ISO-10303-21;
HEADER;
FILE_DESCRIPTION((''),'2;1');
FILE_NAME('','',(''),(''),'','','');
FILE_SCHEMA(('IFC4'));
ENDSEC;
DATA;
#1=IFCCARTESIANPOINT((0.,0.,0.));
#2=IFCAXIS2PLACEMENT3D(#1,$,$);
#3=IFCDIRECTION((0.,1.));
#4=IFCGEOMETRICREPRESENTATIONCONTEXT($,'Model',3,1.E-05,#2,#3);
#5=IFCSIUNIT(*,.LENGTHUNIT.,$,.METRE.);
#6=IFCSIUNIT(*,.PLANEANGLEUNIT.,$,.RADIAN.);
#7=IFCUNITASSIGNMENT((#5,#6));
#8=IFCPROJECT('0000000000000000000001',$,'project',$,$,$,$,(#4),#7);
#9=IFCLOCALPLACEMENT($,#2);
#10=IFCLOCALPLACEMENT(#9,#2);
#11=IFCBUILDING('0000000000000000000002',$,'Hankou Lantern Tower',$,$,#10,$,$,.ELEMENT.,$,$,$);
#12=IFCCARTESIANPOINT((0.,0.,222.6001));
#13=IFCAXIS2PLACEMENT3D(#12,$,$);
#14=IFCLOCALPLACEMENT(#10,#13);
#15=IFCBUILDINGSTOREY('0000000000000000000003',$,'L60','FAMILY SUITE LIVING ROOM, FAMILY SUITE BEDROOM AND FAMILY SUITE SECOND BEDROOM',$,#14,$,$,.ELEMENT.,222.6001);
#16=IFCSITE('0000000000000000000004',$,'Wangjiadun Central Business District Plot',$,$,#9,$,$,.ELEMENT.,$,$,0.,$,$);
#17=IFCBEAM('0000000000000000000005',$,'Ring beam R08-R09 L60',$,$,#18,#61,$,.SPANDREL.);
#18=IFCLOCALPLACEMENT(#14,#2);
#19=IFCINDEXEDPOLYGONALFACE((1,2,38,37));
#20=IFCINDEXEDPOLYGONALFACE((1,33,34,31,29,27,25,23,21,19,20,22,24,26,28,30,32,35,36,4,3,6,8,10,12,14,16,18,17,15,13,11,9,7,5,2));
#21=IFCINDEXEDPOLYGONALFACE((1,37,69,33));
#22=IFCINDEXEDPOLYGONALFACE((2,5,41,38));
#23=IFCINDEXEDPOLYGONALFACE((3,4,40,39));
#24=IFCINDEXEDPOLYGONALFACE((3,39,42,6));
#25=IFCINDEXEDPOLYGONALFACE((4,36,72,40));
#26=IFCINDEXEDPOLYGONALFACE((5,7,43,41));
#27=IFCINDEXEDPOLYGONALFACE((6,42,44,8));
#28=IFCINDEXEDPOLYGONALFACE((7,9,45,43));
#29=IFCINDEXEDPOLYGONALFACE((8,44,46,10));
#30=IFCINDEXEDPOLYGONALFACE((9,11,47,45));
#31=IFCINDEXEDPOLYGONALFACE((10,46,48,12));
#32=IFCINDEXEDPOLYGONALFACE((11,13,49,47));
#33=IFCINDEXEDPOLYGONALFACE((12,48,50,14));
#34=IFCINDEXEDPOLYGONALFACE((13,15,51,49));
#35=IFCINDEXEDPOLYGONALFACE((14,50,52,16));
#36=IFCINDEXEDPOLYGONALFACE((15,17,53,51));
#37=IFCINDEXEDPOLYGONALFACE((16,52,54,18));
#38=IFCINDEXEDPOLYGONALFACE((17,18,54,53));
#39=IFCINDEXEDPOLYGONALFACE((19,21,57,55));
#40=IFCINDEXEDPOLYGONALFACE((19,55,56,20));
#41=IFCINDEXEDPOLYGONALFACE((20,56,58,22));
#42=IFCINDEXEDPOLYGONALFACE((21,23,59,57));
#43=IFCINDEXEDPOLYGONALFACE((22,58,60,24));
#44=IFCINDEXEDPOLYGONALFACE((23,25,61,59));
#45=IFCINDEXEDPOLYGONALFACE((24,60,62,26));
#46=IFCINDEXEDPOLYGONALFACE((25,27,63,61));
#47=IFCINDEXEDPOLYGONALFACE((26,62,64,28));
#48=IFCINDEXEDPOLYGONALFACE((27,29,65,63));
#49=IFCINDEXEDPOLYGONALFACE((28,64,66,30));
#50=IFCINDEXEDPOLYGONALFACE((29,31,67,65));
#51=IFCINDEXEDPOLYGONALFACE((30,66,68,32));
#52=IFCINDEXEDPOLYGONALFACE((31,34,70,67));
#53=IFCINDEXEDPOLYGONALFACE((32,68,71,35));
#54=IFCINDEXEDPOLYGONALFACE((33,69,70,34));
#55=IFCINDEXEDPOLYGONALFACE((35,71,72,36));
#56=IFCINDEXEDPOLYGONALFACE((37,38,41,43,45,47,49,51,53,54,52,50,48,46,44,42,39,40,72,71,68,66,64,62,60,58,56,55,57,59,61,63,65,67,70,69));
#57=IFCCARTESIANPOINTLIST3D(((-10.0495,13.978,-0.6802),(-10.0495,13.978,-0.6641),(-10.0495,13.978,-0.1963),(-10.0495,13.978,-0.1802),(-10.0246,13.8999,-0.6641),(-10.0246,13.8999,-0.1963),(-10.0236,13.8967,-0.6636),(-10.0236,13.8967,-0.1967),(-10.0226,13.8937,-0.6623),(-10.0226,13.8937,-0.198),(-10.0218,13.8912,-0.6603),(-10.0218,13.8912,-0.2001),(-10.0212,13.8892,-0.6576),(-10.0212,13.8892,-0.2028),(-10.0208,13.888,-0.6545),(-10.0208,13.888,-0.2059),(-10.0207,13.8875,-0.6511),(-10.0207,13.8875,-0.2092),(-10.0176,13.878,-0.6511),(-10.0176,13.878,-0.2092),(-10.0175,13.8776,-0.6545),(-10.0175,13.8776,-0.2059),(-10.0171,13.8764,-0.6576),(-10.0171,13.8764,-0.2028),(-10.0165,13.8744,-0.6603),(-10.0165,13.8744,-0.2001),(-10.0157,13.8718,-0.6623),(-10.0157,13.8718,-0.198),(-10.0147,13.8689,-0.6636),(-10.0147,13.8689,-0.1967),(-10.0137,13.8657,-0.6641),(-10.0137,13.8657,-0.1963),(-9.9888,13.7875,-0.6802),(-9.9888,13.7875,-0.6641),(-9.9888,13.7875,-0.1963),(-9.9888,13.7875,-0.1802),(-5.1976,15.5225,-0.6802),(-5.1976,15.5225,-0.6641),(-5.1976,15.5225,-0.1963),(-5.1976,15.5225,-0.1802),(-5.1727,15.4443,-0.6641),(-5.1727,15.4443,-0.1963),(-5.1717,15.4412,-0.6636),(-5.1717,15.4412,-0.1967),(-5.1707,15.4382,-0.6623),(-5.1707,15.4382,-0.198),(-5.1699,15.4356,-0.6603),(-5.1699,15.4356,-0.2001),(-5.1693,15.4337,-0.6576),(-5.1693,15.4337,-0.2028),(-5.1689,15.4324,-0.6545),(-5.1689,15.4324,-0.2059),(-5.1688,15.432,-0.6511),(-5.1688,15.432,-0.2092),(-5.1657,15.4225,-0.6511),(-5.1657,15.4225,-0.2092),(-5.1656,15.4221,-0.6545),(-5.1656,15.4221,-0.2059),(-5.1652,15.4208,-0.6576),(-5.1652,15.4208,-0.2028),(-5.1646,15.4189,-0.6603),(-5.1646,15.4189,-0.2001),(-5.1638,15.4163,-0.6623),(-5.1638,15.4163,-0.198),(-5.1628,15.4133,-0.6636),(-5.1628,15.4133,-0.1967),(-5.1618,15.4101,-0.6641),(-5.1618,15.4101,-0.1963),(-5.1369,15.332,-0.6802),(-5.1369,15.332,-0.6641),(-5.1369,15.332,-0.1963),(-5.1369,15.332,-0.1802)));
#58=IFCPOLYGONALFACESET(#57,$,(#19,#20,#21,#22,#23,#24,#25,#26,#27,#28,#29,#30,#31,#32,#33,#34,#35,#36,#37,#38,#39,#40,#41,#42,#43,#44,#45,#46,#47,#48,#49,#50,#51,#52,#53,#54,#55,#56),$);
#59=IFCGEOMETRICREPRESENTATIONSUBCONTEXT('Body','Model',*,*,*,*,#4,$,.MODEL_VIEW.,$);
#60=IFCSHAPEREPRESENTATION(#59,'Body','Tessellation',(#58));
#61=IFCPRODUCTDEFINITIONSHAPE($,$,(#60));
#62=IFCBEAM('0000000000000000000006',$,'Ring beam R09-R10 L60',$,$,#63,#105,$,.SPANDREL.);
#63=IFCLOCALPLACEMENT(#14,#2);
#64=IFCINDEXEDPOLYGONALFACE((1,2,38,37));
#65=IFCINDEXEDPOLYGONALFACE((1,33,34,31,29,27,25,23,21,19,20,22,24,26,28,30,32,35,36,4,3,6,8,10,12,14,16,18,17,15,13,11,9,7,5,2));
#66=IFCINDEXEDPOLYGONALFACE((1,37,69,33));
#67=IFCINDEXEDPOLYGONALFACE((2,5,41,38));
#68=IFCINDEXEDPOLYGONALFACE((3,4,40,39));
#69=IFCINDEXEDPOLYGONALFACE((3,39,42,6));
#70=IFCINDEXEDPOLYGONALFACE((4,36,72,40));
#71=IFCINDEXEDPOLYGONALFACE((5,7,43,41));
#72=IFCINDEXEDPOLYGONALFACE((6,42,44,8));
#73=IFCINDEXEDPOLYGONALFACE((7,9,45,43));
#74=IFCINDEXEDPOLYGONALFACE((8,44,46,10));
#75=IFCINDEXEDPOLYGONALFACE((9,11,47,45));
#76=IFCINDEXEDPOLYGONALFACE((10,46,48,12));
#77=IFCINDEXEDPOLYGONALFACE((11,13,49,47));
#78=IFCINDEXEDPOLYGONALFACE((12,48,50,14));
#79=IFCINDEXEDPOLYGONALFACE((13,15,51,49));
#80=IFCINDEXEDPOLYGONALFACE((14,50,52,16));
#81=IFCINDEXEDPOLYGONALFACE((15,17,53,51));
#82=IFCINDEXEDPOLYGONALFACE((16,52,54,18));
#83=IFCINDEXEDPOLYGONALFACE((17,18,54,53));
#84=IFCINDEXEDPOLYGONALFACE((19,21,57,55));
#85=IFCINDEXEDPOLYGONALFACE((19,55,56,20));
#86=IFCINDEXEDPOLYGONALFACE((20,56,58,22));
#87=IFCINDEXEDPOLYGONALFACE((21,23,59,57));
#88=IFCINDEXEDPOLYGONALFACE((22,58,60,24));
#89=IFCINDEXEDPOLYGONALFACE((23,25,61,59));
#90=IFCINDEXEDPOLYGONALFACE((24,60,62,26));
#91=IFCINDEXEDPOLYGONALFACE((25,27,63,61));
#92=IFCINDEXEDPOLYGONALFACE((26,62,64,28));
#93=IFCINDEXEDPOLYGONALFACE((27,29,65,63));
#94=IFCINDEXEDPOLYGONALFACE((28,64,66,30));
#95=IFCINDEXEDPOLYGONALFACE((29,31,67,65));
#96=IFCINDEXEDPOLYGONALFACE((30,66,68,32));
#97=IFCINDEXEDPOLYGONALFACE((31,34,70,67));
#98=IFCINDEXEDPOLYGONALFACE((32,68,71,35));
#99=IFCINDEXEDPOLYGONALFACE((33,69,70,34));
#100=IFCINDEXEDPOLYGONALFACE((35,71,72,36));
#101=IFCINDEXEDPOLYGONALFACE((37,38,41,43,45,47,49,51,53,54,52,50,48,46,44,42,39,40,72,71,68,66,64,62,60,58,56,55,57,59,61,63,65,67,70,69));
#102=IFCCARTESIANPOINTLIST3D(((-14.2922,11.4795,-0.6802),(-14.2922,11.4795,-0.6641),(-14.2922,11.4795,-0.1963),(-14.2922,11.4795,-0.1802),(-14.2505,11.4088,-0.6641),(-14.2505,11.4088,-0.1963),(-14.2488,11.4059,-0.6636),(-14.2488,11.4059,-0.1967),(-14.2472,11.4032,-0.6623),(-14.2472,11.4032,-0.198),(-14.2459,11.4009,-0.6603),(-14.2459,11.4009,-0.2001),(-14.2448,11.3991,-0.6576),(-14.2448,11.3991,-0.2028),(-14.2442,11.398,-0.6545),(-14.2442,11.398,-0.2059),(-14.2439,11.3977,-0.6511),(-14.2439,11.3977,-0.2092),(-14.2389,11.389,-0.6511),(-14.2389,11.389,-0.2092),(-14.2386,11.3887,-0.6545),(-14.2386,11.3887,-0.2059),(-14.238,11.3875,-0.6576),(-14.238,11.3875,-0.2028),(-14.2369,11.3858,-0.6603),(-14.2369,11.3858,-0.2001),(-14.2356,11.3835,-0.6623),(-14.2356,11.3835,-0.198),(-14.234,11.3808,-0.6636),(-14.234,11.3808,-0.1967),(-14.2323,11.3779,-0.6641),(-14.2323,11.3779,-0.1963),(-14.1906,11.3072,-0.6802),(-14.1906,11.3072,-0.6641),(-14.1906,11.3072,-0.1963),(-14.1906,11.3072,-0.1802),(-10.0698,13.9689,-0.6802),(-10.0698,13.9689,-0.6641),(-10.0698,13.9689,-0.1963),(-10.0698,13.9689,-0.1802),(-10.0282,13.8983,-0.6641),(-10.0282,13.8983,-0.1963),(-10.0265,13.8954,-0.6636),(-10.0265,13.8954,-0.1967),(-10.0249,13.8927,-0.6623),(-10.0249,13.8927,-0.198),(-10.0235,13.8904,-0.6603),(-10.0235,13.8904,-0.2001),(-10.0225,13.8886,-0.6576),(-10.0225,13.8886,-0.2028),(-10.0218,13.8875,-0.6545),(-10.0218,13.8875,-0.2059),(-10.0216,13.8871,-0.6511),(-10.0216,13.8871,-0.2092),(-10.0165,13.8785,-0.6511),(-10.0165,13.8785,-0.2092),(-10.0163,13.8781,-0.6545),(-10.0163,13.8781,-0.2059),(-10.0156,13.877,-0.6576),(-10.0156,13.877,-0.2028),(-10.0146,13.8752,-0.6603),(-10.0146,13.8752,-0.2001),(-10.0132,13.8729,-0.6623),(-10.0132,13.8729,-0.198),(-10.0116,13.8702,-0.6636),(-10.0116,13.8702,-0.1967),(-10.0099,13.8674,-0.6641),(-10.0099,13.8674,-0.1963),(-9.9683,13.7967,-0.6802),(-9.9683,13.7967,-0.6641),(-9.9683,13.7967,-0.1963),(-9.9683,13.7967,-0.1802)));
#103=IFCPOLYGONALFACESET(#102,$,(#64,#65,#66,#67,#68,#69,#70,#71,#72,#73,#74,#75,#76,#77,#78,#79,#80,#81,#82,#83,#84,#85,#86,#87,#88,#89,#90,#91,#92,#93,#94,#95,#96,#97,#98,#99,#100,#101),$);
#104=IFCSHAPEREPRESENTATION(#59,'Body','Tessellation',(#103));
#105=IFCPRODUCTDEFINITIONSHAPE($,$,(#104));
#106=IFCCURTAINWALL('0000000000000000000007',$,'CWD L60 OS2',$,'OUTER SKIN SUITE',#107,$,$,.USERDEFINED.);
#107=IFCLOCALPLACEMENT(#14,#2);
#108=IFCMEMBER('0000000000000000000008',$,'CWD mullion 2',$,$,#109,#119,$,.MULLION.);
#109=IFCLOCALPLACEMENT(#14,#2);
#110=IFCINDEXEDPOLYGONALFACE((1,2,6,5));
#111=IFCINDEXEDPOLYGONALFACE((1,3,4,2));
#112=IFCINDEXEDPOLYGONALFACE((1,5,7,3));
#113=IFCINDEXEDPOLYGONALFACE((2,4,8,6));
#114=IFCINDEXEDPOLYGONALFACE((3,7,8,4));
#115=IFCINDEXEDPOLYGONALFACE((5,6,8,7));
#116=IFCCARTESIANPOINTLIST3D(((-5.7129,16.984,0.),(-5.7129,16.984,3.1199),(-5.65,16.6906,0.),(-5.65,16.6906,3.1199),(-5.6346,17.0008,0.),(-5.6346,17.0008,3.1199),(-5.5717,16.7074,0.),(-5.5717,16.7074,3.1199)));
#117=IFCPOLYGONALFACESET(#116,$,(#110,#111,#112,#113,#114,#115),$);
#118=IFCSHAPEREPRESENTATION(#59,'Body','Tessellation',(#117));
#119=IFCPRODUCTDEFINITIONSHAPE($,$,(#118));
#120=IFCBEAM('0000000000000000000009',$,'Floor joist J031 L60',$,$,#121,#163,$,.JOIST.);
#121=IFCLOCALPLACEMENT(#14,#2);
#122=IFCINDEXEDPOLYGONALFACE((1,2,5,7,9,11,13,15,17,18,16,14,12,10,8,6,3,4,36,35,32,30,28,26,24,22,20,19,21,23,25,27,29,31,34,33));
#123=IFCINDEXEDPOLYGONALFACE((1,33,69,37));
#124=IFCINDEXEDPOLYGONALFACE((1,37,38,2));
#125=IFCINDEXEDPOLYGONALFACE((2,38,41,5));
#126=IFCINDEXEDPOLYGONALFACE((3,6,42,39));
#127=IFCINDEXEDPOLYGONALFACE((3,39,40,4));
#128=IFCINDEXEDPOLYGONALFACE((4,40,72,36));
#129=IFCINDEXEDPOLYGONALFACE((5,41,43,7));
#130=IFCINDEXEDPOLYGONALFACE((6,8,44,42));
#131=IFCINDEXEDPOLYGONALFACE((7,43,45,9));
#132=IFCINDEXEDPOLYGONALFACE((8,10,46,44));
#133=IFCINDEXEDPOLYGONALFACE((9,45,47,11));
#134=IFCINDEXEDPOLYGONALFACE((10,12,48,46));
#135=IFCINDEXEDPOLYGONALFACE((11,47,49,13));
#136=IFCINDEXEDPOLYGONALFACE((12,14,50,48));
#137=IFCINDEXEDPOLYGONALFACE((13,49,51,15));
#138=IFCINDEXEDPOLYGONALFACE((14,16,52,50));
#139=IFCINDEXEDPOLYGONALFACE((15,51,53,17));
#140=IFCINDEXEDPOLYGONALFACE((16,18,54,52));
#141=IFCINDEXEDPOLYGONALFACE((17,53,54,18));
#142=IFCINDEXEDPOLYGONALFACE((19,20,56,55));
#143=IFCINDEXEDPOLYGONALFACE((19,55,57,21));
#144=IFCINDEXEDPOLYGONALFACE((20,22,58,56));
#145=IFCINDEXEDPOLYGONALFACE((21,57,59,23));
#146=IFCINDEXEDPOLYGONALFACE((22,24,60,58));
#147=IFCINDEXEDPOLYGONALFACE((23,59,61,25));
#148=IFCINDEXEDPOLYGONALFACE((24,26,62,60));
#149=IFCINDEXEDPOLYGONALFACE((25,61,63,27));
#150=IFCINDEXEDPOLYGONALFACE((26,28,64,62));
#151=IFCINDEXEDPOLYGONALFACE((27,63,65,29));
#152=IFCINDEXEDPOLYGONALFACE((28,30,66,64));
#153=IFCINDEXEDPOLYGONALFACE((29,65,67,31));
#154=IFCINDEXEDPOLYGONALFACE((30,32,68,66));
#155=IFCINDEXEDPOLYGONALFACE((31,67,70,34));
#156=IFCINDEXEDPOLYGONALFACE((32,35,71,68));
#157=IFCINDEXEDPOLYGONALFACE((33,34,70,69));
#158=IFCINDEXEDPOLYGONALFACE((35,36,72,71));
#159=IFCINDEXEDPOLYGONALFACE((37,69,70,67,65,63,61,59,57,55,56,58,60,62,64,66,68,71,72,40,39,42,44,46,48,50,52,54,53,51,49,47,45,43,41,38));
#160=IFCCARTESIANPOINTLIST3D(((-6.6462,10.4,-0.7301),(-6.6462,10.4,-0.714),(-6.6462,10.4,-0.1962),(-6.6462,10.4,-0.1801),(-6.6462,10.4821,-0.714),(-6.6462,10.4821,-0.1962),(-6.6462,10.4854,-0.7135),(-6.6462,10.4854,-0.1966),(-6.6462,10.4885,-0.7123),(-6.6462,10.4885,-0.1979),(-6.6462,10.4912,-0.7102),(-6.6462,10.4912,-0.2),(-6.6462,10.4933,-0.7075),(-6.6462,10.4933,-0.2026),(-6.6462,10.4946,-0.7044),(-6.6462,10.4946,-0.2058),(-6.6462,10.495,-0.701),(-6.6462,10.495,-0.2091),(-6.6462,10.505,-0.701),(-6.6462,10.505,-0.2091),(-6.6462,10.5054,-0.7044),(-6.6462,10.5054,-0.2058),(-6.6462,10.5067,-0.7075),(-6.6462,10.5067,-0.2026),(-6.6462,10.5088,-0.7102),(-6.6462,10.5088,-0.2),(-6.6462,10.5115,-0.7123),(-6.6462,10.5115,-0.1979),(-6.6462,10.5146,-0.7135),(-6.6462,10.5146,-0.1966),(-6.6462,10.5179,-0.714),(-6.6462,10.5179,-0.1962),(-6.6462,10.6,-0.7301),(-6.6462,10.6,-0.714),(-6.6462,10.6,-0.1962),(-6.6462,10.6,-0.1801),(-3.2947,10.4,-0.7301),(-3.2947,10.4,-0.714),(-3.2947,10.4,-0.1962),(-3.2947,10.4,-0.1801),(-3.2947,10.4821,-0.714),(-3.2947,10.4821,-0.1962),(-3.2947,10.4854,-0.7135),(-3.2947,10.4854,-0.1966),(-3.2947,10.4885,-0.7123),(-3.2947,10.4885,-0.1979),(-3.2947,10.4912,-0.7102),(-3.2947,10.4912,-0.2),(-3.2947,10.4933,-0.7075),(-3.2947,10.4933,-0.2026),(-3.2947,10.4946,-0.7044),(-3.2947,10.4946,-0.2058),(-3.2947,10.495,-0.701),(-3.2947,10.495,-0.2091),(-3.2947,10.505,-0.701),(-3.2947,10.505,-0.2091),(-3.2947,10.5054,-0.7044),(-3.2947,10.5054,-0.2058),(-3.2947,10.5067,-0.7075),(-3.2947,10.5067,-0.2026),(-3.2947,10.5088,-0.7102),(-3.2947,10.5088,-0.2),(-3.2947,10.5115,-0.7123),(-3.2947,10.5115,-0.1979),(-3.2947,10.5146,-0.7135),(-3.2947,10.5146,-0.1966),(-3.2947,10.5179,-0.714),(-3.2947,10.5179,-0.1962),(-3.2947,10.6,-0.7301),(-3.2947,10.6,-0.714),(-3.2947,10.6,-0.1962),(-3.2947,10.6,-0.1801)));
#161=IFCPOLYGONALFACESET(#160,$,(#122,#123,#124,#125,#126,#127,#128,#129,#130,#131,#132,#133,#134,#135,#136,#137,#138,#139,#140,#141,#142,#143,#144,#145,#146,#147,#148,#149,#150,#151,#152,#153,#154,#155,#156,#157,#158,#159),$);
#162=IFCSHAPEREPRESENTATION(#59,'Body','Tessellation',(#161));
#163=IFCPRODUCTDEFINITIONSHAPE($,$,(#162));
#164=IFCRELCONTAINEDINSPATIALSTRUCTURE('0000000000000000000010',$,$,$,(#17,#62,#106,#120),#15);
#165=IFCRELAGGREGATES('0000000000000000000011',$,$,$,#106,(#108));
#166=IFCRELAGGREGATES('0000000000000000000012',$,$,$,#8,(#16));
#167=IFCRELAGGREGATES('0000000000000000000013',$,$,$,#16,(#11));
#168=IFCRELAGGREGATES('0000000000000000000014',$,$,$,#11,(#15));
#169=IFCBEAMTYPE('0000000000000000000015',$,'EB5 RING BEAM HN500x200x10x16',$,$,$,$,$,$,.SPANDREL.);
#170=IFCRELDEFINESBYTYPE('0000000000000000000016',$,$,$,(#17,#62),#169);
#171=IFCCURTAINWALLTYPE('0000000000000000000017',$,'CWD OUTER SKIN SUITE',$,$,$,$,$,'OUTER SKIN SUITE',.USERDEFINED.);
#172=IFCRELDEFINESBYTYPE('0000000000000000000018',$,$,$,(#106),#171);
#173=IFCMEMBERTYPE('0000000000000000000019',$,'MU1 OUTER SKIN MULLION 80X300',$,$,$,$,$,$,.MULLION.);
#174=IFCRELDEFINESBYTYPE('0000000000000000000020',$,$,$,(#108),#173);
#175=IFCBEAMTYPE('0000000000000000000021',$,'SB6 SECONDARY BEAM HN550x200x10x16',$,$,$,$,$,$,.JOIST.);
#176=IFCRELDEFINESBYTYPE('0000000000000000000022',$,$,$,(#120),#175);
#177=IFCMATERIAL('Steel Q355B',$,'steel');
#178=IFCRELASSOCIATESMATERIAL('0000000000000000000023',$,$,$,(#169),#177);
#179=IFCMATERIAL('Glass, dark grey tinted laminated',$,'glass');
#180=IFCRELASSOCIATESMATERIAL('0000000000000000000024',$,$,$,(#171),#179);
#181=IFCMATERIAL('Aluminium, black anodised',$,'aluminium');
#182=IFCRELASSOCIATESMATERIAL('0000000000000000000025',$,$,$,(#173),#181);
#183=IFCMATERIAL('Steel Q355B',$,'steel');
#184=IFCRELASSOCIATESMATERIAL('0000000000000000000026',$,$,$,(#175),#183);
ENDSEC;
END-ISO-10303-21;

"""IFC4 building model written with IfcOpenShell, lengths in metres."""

from ifc_helpers import new_model, si_unit, direction, frame, origin, origin_2d, place, context, subcontext, project, spatial, rectangle, i_section, extrude, material, material_profile, profile_set, type_object, element, aggregate, save


model = new_model("IFC4")

# Units and contexts
model_context = context("Model", 3, precision=1e-05, world=origin(), true_north=direction((0.0, 1.0)))
body_context = subcontext(model_context, "Body", "Model", "MODEL_VIEW")
ifc_project = project(units=[si_unit("LENGTHUNIT", "METRE"), si_unit("PLANEANGLEUNIT", "RADIAN")], contexts=[model_context])

# Site, building, storey
site_placement = place(None, origin())
site = spatial("IfcSite", under=ifc_project, at=site_placement, Name="Wangjiadun Central Business District Plot", CompositionType="ELEMENT", RefElevation=0.0)
building_placement = place(site_placement, origin())
building = spatial("IfcBuilding", under=site, at=building_placement, Name="Hankou Lantern Tower", CompositionType="ELEMENT")
storey_placement = place(building_placement, frame((0.0, 0.0, 222.6001)))
storey = spatial("IfcBuildingStorey", under=building, at=storey_placement, Name="L60", Description="FAMILY SUITE LIVING ROOM, FAMILY SUITE BEDROOM AND FAMILY SUITE SECOND BEDROOM", CompositionType="ELEMENT", Elevation=222.6001)

# Beams
ifc_material_1 = material(Name="Steel Q355B", Category="steel")
ifc_material_profile_1 = material_profile(ifc_material_1, i_section(OverallWidth=0.2, OverallDepth=0.5, WebThickness=0.01, FlangeThickness=0.0161, FilletRadius=0.0129, at=origin_2d()), Name="HN500x200x10x16")
ifc_profile_set_1 = profile_set([ifc_material_profile_1], Name="Steel Q355B")
beam_type_1 = type_object("IfcBeamType", Name="EB5 RING BEAM HN500x200x10x16", PredefinedType="SPANDREL", material=ifc_profile_set_1)
beam_1_placement = place(storey_placement, frame((-5.1672, 15.4272, -0.4302), z_axis=(-0.952887, -0.303324, 0.0), x_axis=(0.303324, -0.952887, 0.0)))
element("IfcBeam", 1, at=beam_1_placement, inside=storey, type_object=beam_type_1, Name="Ring beam R08-R09 L60", PredefinedType="SPANDREL", context=body_context, shape_type="SweptSolid", body=[
    extrude(i_section(OverallWidth=0.2, OverallDepth=0.5, WebThickness=0.01, FlangeThickness=0.0161, FilletRadius=0.0129, at=origin_2d()), origin(), (0.0, 0.0, 1.0), 5.0918),
])
beam_2_placement = place(storey_placement, frame((-10.019, 13.8828, -0.4302), z_axis=(-0.861423, -0.507888, 0.0), x_axis=(0.507888, -0.861423, 0.0)))
element("IfcBeam", 2, at=beam_2_placement, inside=storey, type_object=beam_type_1, Name="Ring beam R09-R10 L60", PredefinedType="SPANDREL", context=body_context, shape_type="SweptSolid", body=[
    extrude(i_section(OverallWidth=0.2, OverallDepth=0.5, WebThickness=0.01, FlangeThickness=0.0161, FilletRadius=0.0129, at=origin_2d()), origin(), (0.0, 0.0, 1.0), 4.9016),
])

# Curtain wall, member
ifc_material_2 = material(Name="Glass, dark grey tinted laminated", Category="glass")
curtain_wall_type = type_object("IfcCurtainWallType", Name="CWD OUTER SKIN SUITE", ElementType="OUTER SKIN SUITE", PredefinedType="USERDEFINED", material=ifc_material_2)
curtain_wall_placement = place(storey_placement, origin())
curtain_wall = element("IfcCurtainWall", 3, at=curtain_wall_placement, inside=storey, type_object=curtain_wall_type, Name="CWD L60 OS2", ObjectType="OUTER SKIN SUITE", PredefinedType="USERDEFINED")
ifc_material_3 = material(Name="Aluminium, black anodised", Category="aluminium")
ifc_material_profile_2 = material_profile(ifc_material_3, rectangle(XDim=0.0801, YDim=0.3, at=origin_2d()), Name="MU1 80X300")
ifc_profile_set_2 = profile_set([ifc_material_profile_2], Name="Aluminium, black anodised")
member_type_1 = type_object("IfcMemberType", Name="MU1 OUTER SKIN MULLION 80X300", PredefinedType="MULLION", material=ifc_profile_set_2)
member_1_placement = place(storey_placement, frame((-5.6423, 16.8457, 0.0), z_axis=(0.0, 0.0, 1.0), x_axis=(-0.977788, -0.209598, 0.0)))
member_1 = element("IfcMember", 4, at=member_1_placement, type_object=member_type_1, Name="CWD mullion 2", PredefinedType="MULLION", context=body_context, shape_type="SweptSolid", body=[
    extrude(rectangle(XDim=0.0801, YDim=0.3, at=origin_2d()), origin(), (0.0, 0.0, 1.0), 3.1199),
])

# Beam
ifc_material_4 = material(Name="Steel Q355B", Category="steel")
ifc_material_profile_3 = material_profile(ifc_material_4, i_section(OverallWidth=0.2, OverallDepth=0.55, WebThickness=0.01, FlangeThickness=0.0161, FilletRadius=0.0129, at=origin_2d()), Name="HN550x200x10x16")
ifc_profile_set_3 = profile_set([ifc_material_profile_3], Name="Steel Q355B")
beam_type_2 = type_object("IfcBeamType", Name="SB6 SECONDARY BEAM HN550x200x10x16", PredefinedType="JOIST", material=ifc_profile_set_3)
beam_3_placement = place(storey_placement, frame((-6.6462, 10.5, -0.4551), z_axis=(1.0, 0.0, 0.0), x_axis=(0.0, 1.0, 0.0)))
element("IfcBeam", 5, at=beam_3_placement, inside=storey, type_object=beam_type_2, Name="Floor joist J031 L60", PredefinedType="JOIST", context=body_context, shape_type="SweptSolid", body=[
    extrude(i_section(OverallWidth=0.2, OverallDepth=0.55, WebThickness=0.01, FlangeThickness=0.0161, FilletRadius=0.0129, at=origin_2d()), origin(), (0.0, 0.0, 1.0), 3.3516),
])

aggregate(curtain_wall, [member_1])

save(model, "model.ifc")
